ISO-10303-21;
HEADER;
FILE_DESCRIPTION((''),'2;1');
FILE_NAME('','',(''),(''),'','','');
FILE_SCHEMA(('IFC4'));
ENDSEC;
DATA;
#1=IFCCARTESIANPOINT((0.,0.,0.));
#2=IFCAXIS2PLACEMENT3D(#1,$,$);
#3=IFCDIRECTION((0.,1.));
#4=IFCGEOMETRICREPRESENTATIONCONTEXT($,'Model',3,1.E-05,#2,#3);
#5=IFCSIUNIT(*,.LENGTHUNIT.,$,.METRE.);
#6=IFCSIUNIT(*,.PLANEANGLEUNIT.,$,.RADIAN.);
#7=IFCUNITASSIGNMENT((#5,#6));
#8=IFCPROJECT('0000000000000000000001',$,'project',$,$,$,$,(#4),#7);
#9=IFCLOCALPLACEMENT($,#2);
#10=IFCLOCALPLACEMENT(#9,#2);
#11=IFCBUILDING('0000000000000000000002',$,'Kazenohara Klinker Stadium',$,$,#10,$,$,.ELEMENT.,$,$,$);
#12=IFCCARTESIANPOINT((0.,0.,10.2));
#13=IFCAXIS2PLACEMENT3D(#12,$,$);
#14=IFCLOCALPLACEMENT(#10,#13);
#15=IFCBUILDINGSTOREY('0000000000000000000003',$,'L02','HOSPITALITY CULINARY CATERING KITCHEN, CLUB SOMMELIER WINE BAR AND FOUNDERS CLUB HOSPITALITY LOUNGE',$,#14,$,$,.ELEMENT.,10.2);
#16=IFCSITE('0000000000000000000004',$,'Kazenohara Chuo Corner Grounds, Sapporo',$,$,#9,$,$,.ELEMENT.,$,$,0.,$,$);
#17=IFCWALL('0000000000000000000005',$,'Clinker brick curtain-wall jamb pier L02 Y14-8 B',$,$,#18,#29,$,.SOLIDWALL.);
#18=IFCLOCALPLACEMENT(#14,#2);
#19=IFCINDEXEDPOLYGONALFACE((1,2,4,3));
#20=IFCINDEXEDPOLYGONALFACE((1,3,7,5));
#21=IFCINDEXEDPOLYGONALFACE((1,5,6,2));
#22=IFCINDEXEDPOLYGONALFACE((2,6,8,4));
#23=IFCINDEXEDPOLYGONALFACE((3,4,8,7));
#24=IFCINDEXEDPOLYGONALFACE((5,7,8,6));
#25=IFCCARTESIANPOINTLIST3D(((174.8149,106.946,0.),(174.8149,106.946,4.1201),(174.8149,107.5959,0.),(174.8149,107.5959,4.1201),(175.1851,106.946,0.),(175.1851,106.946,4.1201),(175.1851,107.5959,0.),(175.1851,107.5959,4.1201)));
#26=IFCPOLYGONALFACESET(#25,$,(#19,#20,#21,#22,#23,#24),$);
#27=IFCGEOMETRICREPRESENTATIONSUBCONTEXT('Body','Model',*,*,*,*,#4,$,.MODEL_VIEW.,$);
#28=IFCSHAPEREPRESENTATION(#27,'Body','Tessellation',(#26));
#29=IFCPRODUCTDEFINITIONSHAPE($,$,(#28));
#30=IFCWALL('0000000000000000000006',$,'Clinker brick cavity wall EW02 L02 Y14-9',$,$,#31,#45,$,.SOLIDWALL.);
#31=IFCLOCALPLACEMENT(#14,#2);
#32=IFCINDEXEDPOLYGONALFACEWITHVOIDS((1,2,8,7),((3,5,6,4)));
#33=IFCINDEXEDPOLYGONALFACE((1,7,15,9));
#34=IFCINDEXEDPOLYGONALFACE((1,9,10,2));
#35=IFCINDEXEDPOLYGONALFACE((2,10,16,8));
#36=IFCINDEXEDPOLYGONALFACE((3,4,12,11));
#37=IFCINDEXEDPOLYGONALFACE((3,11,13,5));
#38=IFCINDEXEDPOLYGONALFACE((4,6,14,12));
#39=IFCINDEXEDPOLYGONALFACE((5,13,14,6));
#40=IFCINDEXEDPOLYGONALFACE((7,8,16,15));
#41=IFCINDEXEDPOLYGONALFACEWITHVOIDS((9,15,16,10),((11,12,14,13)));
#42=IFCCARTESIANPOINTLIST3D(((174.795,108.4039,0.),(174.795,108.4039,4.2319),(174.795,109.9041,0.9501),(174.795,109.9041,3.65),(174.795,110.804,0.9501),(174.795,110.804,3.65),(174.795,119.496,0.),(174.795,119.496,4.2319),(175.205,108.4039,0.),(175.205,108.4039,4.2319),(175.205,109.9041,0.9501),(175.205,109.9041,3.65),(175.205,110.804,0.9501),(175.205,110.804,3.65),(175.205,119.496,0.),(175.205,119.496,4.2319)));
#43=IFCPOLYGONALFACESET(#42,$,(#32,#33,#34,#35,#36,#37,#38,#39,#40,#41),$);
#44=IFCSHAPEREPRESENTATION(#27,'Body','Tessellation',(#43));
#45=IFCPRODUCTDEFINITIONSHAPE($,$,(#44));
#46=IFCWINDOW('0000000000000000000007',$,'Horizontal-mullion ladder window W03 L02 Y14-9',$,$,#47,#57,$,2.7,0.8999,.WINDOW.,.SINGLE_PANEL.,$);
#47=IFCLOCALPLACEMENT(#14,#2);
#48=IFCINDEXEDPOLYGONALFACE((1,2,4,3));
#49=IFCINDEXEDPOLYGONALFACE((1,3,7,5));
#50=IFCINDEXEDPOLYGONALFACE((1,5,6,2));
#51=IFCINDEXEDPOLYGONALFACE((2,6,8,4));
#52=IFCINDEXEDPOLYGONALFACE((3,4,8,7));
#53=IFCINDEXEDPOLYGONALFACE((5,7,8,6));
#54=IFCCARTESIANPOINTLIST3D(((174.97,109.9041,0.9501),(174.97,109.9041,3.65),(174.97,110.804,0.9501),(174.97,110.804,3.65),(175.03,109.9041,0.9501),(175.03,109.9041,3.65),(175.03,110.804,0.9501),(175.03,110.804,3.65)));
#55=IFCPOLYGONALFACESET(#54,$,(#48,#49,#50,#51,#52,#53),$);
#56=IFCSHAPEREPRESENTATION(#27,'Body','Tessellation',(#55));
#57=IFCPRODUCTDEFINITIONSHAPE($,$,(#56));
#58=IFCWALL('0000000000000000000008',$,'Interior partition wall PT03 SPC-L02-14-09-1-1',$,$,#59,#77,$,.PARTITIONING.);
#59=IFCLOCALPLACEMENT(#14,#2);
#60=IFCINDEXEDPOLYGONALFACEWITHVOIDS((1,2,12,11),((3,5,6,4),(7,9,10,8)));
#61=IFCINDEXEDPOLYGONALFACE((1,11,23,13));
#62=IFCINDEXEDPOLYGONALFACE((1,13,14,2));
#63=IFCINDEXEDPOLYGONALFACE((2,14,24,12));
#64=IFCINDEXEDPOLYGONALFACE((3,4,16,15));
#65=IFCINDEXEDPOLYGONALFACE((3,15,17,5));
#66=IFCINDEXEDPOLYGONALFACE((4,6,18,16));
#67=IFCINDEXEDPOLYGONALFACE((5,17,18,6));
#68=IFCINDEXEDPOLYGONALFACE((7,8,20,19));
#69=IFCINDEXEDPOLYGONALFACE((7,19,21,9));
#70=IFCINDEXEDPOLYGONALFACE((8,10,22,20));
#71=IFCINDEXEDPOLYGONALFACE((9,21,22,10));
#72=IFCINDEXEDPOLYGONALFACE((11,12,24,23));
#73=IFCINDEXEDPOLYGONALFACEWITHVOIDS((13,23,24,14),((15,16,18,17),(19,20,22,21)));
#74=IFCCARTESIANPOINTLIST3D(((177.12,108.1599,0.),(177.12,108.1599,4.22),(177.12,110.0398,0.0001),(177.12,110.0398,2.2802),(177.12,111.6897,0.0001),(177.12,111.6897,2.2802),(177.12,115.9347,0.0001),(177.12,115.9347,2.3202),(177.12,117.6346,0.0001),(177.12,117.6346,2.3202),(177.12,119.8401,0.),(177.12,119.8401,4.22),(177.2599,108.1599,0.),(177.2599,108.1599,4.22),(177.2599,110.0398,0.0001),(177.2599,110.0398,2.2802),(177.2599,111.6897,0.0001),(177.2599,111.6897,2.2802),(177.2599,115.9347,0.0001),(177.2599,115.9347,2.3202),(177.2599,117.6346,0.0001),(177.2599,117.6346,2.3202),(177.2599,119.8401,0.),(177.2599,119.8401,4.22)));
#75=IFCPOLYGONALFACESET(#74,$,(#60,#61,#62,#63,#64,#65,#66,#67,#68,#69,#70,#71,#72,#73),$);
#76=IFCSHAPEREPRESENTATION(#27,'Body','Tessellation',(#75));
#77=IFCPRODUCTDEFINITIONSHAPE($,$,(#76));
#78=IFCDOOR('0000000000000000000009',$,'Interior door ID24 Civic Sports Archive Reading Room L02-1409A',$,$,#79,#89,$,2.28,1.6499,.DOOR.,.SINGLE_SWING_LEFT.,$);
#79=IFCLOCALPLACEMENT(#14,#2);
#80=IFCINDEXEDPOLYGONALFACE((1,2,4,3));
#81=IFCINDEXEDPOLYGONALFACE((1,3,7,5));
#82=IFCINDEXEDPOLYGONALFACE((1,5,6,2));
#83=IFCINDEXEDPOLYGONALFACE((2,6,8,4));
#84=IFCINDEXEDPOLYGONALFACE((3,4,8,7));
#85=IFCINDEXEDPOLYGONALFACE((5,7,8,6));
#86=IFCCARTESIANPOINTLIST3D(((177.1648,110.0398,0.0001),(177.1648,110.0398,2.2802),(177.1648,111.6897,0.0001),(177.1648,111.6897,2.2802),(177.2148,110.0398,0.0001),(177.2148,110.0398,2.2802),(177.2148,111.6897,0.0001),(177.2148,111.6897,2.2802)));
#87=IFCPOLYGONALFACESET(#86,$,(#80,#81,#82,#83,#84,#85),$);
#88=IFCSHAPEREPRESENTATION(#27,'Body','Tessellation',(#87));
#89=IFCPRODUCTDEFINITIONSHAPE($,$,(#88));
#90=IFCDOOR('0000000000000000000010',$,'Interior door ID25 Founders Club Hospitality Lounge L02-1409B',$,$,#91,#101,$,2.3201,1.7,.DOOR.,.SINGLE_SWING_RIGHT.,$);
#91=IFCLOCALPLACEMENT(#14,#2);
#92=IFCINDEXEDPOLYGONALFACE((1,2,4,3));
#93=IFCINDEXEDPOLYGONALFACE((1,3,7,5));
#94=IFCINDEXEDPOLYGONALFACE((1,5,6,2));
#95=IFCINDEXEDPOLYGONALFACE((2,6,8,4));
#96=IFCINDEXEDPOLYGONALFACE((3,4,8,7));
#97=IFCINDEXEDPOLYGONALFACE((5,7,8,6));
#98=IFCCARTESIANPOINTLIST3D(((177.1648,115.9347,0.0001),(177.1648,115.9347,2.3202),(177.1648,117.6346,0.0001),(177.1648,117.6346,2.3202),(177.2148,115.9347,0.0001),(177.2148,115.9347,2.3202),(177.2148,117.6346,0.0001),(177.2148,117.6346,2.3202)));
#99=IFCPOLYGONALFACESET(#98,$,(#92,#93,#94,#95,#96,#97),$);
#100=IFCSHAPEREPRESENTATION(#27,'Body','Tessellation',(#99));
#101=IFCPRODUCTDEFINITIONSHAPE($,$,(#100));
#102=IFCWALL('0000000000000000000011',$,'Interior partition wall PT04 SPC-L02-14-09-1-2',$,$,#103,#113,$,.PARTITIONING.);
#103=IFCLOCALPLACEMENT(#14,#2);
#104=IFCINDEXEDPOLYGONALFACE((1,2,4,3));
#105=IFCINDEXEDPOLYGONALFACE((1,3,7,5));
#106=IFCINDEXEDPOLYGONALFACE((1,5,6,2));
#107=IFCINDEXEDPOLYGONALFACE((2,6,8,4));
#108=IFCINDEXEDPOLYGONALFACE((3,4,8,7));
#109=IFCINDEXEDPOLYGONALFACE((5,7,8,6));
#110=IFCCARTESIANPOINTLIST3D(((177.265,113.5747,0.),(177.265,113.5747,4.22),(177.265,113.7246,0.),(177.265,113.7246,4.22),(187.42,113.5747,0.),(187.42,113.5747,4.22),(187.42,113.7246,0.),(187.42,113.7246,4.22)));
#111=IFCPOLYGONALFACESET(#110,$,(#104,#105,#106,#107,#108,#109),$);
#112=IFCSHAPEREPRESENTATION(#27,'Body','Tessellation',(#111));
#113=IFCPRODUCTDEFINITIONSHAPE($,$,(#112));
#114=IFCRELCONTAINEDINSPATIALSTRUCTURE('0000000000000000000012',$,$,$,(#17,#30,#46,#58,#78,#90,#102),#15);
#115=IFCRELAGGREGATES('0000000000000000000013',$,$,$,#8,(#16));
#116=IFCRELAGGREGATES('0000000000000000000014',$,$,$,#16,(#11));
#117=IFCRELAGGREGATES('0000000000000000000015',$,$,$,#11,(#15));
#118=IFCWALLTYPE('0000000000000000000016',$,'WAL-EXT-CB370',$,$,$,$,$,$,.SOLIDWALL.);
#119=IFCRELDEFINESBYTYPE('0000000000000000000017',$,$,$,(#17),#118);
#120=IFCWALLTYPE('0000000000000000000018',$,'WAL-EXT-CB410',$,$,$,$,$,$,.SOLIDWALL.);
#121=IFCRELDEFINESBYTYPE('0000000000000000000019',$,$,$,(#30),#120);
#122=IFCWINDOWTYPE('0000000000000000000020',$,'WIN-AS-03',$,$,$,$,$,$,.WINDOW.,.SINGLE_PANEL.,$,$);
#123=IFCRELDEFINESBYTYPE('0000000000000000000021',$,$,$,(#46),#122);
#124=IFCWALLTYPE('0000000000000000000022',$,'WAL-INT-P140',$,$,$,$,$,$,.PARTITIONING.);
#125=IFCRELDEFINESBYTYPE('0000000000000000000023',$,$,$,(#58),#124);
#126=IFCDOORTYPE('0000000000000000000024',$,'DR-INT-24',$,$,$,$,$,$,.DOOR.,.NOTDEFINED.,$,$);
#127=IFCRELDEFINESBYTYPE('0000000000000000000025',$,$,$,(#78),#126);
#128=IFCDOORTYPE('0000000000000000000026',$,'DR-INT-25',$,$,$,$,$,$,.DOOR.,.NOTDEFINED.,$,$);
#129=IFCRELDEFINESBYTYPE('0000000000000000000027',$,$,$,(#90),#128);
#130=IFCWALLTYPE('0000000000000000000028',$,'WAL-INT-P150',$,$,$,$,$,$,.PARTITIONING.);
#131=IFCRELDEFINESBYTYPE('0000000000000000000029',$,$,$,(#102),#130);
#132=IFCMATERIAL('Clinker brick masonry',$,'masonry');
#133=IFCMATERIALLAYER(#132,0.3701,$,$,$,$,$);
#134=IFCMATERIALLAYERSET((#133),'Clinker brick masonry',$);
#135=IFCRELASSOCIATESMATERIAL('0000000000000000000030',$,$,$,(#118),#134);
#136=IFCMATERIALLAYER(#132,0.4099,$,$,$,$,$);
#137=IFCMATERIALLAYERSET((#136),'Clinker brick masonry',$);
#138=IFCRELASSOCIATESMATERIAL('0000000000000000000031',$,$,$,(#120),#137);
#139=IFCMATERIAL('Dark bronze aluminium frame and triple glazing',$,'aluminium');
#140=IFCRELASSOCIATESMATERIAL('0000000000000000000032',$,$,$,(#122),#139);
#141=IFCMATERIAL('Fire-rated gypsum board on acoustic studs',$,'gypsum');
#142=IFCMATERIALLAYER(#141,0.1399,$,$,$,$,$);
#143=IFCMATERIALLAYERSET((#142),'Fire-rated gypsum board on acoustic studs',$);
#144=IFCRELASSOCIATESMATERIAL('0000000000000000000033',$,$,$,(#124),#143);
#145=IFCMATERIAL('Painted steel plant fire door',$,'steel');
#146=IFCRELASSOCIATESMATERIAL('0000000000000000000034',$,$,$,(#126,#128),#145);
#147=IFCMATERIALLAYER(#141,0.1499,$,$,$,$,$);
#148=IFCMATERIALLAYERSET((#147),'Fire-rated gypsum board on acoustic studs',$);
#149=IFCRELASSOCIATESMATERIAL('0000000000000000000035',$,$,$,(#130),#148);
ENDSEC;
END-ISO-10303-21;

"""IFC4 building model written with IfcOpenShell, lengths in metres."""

from ifc_helpers import new_model, si_unit, direction, frame, frame_2d, origin, place, context, subcontext, project, spatial, rectangle, extrude, material, layer, layer_set, type_object, element, fill, save


model = new_model("IFC4")

# Units and contexts
model_context = context("Model", 3, precision=1e-05, world=origin(), true_north=direction((0.0, 1.0)))
body_context = subcontext(model_context, "Body", "Model", "MODEL_VIEW")
ifc_project = project(units=[si_unit("LENGTHUNIT", "METRE"), si_unit("PLANEANGLEUNIT", "RADIAN")], contexts=[model_context])

# Site, building, storey
site_placement = place(None, origin())
site = spatial("IfcSite", under=ifc_project, at=site_placement, Name="Kazenohara Chuo Corner Grounds, Sapporo", CompositionType="ELEMENT", RefElevation=0.0)
building_placement = place(site_placement, origin())
building = spatial("IfcBuilding", under=site, at=building_placement, Name="Kazenohara Klinker Stadium", CompositionType="ELEMENT")
storey_placement = place(building_placement, frame((0.0, 0.0, 10.2)))
storey = spatial("IfcBuildingStorey", under=building, at=storey_placement, Name="L02", Description="HOSPITALITY CULINARY CATERING KITCHEN, CLUB SOMMELIER WINE BAR AND FOUNDERS CLUB HOSPITALITY LOUNGE", CompositionType="ELEMENT", Elevation=10.2)

# Wall
ifc_material_1 = material(Name="Clinker brick masonry", Category="masonry")
ifc_layer_1 = layer(ifc_material_1, 0.3701)
ifc_layer_set_1 = layer_set([ifc_layer_1], Name="Clinker brick masonry")
wall_type_1 = type_object("IfcWallType", Name="WAL-EXT-CB370", PredefinedType="SOLIDWALL", material=ifc_layer_set_1)
wall_1_placement = place(storey_placement, frame((175.0, 106.946, 0.0), z_axis=(0.0, 0.0, 1.0), x_axis=(0.0, 1.0, 0.0)))
element("IfcWall", 1, at=wall_1_placement, inside=storey, type_object=wall_type_1, Name="Clinker brick curtain-wall jamb pier L02 Y14-8 B", PredefinedType="SOLIDWALL", context=body_context, shape_type="SweptSolid", body=[
    extrude(rectangle(XDim=0.6499, YDim=0.3701, at=frame_2d((0.325, 0.0))), origin(), (0.0, 0.0, 1.0), 4.1201),
])

# Wall, opening, window
ifc_layer_2 = layer(ifc_material_1, 0.4099)
ifc_layer_set_2 = layer_set([ifc_layer_2], Name="Clinker brick masonry")
wall_type_2 = type_object("IfcWallType", Name="WAL-EXT-CB410", PredefinedType="SOLIDWALL", material=ifc_layer_set_2)
wall_2_placement = place(storey_placement, frame((175.0, 108.4041, 0.0), z_axis=(0.0, 0.0, 1.0), x_axis=(0.0, 1.0, 0.0)))
wall_2 = element("IfcWall", 2, at=wall_2_placement, inside=storey, type_object=wall_type_2, Name="Clinker brick cavity wall EW02 L02 Y14-9", PredefinedType="SOLIDWALL", context=body_context, shape_type="SweptSolid", body=[
    extrude(rectangle(XDim=11.092, YDim=0.4099, at=frame_2d((5.5459, 0.0))), origin(), (0.0, 0.0, 1.0), 4.2319),
])
opening_1_placement = place(wall_2_placement, frame((1.5, 0.0, 0.95)))
opening_1 = element("IfcOpeningElement", 3, at=opening_1_placement, cuts=wall_2, PredefinedType="OPENING", context=body_context, shape_type="SweptSolid", body=[
    extrude(rectangle(XDim=0.8999, YDim=2.7, at=frame_2d((0.45, 1.3501))), frame((0.0, 0.2148, 0.0), z_axis=(0.0, -1.0, 0.0), x_axis=(1.0, 0.0, 0.0)), (0.0, 0.0, 1.0), 0.4299),
])
ifc_material_2 = material(Name="Dark bronze aluminium frame and triple glazing", Category="aluminium")
window_type = type_object("IfcWindowType", Name="WIN-AS-03", PartitioningType="SINGLE_PANEL", PredefinedType="WINDOW", material=ifc_material_2)
window_placement = place(opening_1_placement, origin())
window = element("IfcWindow", 4, at=window_placement, inside=storey, type_object=window_type, Name="Horizontal-mullion ladder window W03 L02 Y14-9", OverallHeight=2.7, OverallWidth=0.8999, PartitioningType="SINGLE_PANEL", PredefinedType="WINDOW", context=body_context, shape_type="SweptSolid", body=[
    extrude(rectangle(XDim=0.8999, YDim=2.7, at=frame_2d((0.45, 1.3501))), frame((0.0, 0.03, 0.0), z_axis=(0.0, -1.0, 0.0), x_axis=(1.0, 0.0, 0.0)), (0.0, 0.0, 1.0), 0.0601),
])
fill(opening_1, window)

# Wall, openings, doors
ifc_material_3 = material(Name="Fire-rated gypsum board on acoustic studs", Category="gypsum")
ifc_layer_3 = layer(ifc_material_3, 0.1399)
ifc_layer_set_3 = layer_set([ifc_layer_3], Name="Fire-rated gypsum board on acoustic studs")
wall_type_3 = type_object("IfcWallType", Name="WAL-INT-P140", PredefinedType="PARTITIONING", material=ifc_layer_set_3)
wall_3_placement = place(storey_placement, frame((177.1899, 108.1599, 0.0), z_axis=(0.0, 0.0, 1.0), x_axis=(0.0, 1.0, 0.0)))
wall_3 = element("IfcWall", 5, at=wall_3_placement, inside=storey, type_object=wall_type_3, Name="Interior partition wall PT03 SPC-L02-14-09-1-1", PredefinedType="PARTITIONING", context=body_context, shape_type="SweptSolid", body=[
    extrude(rectangle(XDim=11.6802, YDim=0.1399, at=frame_2d((5.8401, 0.0))), origin(), (0.0, 0.0, 1.0), 4.22),
])
opening_2_placement = place(wall_3_placement, frame((3.5298, 0.0, 0.0), z_axis=(0.0, 0.0, 1.0), x_axis=(-1.0, 0.0, 0.0)))
opening_2 = element("IfcOpeningElement", 6, at=opening_2_placement, cuts=wall_3, PredefinedType="OPENING", context=body_context, shape_type="SweptSolid", body=[
    extrude(rectangle(XDim=1.6499, YDim=2.28, at=frame_2d((0.825, 1.1401))), frame((0.0, 0.0801, 0.0), z_axis=(0.0, -1.0, 0.0), x_axis=(1.0, 0.0, 0.0)), (0.0, 0.0, 1.0), 0.1599),
])
opening_3_placement = place(wall_3_placement, frame((9.4749, 0.0, 0.0), z_axis=(0.0, 0.0, 1.0), x_axis=(-1.0, 0.0, 0.0)))
opening_3 = element("IfcOpeningElement", 7, at=opening_3_placement, cuts=wall_3, PredefinedType="OPENING", context=body_context, shape_type="SweptSolid", body=[
    extrude(rectangle(XDim=1.7, YDim=2.3201, at=frame_2d((0.8501, 1.1602))), frame((0.0, 0.0801, 0.0), z_axis=(0.0, -1.0, 0.0), x_axis=(1.0, 0.0, 0.0)), (0.0, 0.0, 1.0), 0.1599),
])
ifc_material_4 = material(Name="Painted steel plant fire door", Category="steel")
door_type_1 = type_object("IfcDoorType", Name="DR-INT-24", OperationType="NOTDEFINED", PredefinedType="DOOR", material=ifc_material_4)
door_1_placement = place(opening_2_placement, origin())
door_1 = element("IfcDoor", 8, at=door_1_placement, inside=storey, type_object=door_type_1, Name="Interior door ID24 Civic Sports Archive Reading Room L02-1409A", OperationType="SINGLE_SWING_LEFT", OverallHeight=2.28, OverallWidth=1.6499, PredefinedType="DOOR", context=body_context, shape_type="SweptSolid", body=[
    extrude(rectangle(XDim=1.6499, YDim=2.28, at=frame_2d((0.825, 1.1401))), frame((0.0, 0.0249, 0.0), z_axis=(0.0, -1.0, 0.0), x_axis=(1.0, 0.0, 0.0)), (0.0, 0.0, 1.0), 0.05),
])
fill(opening_2, door_1)
door_type_2 = type_object("IfcDoorType", Name="DR-INT-25", OperationType="NOTDEFINED", PredefinedType="DOOR", material=ifc_material_4)
door_2_placement = place(opening_3_placement, origin())
door_2 = element("IfcDoor", 9, at=door_2_placement, inside=storey, type_object=door_type_2, Name="Interior door ID25 Founders Club Hospitality Lounge L02-1409B", OperationType="SINGLE_SWING_RIGHT", OverallHeight=2.3201, OverallWidth=1.7, PredefinedType="DOOR", context=body_context, shape_type="SweptSolid", body=[
    extrude(rectangle(XDim=1.7, YDim=2.3201, at=frame_2d((0.8501, 1.1602))), frame((0.0, 0.0249, 0.0), z_axis=(0.0, -1.0, 0.0), x_axis=(1.0, 0.0, 0.0)), (0.0, 0.0, 1.0), 0.05),
])
fill(opening_3, door_2)

# Wall
ifc_layer_4 = layer(ifc_material_3, 0.1499)
ifc_layer_set_4 = layer_set([ifc_layer_4], Name="Fire-rated gypsum board on acoustic studs")
wall_type_4 = type_object("IfcWallType", Name="WAL-INT-P150", PredefinedType="PARTITIONING", material=ifc_layer_set_4)
wall_4_placement = place(storey_placement, frame((177.2649, 113.6497, 0.0), z_axis=(0.0, 0.0, 1.0), x_axis=(1.0, 0.0, 0.0)))
element("IfcWall", 10, at=wall_4_placement, inside=storey, type_object=wall_type_4, Name="Interior partition wall PT04 SPC-L02-14-09-1-2", PredefinedType="PARTITIONING", context=body_context, shape_type="SweptSolid", body=[
    extrude(rectangle(XDim=10.155, YDim=0.1499, at=frame_2d((5.0776, 0.0))), origin(), (0.0, 0.0, 1.0), 4.22),
])

save(model, "model.ifc")
